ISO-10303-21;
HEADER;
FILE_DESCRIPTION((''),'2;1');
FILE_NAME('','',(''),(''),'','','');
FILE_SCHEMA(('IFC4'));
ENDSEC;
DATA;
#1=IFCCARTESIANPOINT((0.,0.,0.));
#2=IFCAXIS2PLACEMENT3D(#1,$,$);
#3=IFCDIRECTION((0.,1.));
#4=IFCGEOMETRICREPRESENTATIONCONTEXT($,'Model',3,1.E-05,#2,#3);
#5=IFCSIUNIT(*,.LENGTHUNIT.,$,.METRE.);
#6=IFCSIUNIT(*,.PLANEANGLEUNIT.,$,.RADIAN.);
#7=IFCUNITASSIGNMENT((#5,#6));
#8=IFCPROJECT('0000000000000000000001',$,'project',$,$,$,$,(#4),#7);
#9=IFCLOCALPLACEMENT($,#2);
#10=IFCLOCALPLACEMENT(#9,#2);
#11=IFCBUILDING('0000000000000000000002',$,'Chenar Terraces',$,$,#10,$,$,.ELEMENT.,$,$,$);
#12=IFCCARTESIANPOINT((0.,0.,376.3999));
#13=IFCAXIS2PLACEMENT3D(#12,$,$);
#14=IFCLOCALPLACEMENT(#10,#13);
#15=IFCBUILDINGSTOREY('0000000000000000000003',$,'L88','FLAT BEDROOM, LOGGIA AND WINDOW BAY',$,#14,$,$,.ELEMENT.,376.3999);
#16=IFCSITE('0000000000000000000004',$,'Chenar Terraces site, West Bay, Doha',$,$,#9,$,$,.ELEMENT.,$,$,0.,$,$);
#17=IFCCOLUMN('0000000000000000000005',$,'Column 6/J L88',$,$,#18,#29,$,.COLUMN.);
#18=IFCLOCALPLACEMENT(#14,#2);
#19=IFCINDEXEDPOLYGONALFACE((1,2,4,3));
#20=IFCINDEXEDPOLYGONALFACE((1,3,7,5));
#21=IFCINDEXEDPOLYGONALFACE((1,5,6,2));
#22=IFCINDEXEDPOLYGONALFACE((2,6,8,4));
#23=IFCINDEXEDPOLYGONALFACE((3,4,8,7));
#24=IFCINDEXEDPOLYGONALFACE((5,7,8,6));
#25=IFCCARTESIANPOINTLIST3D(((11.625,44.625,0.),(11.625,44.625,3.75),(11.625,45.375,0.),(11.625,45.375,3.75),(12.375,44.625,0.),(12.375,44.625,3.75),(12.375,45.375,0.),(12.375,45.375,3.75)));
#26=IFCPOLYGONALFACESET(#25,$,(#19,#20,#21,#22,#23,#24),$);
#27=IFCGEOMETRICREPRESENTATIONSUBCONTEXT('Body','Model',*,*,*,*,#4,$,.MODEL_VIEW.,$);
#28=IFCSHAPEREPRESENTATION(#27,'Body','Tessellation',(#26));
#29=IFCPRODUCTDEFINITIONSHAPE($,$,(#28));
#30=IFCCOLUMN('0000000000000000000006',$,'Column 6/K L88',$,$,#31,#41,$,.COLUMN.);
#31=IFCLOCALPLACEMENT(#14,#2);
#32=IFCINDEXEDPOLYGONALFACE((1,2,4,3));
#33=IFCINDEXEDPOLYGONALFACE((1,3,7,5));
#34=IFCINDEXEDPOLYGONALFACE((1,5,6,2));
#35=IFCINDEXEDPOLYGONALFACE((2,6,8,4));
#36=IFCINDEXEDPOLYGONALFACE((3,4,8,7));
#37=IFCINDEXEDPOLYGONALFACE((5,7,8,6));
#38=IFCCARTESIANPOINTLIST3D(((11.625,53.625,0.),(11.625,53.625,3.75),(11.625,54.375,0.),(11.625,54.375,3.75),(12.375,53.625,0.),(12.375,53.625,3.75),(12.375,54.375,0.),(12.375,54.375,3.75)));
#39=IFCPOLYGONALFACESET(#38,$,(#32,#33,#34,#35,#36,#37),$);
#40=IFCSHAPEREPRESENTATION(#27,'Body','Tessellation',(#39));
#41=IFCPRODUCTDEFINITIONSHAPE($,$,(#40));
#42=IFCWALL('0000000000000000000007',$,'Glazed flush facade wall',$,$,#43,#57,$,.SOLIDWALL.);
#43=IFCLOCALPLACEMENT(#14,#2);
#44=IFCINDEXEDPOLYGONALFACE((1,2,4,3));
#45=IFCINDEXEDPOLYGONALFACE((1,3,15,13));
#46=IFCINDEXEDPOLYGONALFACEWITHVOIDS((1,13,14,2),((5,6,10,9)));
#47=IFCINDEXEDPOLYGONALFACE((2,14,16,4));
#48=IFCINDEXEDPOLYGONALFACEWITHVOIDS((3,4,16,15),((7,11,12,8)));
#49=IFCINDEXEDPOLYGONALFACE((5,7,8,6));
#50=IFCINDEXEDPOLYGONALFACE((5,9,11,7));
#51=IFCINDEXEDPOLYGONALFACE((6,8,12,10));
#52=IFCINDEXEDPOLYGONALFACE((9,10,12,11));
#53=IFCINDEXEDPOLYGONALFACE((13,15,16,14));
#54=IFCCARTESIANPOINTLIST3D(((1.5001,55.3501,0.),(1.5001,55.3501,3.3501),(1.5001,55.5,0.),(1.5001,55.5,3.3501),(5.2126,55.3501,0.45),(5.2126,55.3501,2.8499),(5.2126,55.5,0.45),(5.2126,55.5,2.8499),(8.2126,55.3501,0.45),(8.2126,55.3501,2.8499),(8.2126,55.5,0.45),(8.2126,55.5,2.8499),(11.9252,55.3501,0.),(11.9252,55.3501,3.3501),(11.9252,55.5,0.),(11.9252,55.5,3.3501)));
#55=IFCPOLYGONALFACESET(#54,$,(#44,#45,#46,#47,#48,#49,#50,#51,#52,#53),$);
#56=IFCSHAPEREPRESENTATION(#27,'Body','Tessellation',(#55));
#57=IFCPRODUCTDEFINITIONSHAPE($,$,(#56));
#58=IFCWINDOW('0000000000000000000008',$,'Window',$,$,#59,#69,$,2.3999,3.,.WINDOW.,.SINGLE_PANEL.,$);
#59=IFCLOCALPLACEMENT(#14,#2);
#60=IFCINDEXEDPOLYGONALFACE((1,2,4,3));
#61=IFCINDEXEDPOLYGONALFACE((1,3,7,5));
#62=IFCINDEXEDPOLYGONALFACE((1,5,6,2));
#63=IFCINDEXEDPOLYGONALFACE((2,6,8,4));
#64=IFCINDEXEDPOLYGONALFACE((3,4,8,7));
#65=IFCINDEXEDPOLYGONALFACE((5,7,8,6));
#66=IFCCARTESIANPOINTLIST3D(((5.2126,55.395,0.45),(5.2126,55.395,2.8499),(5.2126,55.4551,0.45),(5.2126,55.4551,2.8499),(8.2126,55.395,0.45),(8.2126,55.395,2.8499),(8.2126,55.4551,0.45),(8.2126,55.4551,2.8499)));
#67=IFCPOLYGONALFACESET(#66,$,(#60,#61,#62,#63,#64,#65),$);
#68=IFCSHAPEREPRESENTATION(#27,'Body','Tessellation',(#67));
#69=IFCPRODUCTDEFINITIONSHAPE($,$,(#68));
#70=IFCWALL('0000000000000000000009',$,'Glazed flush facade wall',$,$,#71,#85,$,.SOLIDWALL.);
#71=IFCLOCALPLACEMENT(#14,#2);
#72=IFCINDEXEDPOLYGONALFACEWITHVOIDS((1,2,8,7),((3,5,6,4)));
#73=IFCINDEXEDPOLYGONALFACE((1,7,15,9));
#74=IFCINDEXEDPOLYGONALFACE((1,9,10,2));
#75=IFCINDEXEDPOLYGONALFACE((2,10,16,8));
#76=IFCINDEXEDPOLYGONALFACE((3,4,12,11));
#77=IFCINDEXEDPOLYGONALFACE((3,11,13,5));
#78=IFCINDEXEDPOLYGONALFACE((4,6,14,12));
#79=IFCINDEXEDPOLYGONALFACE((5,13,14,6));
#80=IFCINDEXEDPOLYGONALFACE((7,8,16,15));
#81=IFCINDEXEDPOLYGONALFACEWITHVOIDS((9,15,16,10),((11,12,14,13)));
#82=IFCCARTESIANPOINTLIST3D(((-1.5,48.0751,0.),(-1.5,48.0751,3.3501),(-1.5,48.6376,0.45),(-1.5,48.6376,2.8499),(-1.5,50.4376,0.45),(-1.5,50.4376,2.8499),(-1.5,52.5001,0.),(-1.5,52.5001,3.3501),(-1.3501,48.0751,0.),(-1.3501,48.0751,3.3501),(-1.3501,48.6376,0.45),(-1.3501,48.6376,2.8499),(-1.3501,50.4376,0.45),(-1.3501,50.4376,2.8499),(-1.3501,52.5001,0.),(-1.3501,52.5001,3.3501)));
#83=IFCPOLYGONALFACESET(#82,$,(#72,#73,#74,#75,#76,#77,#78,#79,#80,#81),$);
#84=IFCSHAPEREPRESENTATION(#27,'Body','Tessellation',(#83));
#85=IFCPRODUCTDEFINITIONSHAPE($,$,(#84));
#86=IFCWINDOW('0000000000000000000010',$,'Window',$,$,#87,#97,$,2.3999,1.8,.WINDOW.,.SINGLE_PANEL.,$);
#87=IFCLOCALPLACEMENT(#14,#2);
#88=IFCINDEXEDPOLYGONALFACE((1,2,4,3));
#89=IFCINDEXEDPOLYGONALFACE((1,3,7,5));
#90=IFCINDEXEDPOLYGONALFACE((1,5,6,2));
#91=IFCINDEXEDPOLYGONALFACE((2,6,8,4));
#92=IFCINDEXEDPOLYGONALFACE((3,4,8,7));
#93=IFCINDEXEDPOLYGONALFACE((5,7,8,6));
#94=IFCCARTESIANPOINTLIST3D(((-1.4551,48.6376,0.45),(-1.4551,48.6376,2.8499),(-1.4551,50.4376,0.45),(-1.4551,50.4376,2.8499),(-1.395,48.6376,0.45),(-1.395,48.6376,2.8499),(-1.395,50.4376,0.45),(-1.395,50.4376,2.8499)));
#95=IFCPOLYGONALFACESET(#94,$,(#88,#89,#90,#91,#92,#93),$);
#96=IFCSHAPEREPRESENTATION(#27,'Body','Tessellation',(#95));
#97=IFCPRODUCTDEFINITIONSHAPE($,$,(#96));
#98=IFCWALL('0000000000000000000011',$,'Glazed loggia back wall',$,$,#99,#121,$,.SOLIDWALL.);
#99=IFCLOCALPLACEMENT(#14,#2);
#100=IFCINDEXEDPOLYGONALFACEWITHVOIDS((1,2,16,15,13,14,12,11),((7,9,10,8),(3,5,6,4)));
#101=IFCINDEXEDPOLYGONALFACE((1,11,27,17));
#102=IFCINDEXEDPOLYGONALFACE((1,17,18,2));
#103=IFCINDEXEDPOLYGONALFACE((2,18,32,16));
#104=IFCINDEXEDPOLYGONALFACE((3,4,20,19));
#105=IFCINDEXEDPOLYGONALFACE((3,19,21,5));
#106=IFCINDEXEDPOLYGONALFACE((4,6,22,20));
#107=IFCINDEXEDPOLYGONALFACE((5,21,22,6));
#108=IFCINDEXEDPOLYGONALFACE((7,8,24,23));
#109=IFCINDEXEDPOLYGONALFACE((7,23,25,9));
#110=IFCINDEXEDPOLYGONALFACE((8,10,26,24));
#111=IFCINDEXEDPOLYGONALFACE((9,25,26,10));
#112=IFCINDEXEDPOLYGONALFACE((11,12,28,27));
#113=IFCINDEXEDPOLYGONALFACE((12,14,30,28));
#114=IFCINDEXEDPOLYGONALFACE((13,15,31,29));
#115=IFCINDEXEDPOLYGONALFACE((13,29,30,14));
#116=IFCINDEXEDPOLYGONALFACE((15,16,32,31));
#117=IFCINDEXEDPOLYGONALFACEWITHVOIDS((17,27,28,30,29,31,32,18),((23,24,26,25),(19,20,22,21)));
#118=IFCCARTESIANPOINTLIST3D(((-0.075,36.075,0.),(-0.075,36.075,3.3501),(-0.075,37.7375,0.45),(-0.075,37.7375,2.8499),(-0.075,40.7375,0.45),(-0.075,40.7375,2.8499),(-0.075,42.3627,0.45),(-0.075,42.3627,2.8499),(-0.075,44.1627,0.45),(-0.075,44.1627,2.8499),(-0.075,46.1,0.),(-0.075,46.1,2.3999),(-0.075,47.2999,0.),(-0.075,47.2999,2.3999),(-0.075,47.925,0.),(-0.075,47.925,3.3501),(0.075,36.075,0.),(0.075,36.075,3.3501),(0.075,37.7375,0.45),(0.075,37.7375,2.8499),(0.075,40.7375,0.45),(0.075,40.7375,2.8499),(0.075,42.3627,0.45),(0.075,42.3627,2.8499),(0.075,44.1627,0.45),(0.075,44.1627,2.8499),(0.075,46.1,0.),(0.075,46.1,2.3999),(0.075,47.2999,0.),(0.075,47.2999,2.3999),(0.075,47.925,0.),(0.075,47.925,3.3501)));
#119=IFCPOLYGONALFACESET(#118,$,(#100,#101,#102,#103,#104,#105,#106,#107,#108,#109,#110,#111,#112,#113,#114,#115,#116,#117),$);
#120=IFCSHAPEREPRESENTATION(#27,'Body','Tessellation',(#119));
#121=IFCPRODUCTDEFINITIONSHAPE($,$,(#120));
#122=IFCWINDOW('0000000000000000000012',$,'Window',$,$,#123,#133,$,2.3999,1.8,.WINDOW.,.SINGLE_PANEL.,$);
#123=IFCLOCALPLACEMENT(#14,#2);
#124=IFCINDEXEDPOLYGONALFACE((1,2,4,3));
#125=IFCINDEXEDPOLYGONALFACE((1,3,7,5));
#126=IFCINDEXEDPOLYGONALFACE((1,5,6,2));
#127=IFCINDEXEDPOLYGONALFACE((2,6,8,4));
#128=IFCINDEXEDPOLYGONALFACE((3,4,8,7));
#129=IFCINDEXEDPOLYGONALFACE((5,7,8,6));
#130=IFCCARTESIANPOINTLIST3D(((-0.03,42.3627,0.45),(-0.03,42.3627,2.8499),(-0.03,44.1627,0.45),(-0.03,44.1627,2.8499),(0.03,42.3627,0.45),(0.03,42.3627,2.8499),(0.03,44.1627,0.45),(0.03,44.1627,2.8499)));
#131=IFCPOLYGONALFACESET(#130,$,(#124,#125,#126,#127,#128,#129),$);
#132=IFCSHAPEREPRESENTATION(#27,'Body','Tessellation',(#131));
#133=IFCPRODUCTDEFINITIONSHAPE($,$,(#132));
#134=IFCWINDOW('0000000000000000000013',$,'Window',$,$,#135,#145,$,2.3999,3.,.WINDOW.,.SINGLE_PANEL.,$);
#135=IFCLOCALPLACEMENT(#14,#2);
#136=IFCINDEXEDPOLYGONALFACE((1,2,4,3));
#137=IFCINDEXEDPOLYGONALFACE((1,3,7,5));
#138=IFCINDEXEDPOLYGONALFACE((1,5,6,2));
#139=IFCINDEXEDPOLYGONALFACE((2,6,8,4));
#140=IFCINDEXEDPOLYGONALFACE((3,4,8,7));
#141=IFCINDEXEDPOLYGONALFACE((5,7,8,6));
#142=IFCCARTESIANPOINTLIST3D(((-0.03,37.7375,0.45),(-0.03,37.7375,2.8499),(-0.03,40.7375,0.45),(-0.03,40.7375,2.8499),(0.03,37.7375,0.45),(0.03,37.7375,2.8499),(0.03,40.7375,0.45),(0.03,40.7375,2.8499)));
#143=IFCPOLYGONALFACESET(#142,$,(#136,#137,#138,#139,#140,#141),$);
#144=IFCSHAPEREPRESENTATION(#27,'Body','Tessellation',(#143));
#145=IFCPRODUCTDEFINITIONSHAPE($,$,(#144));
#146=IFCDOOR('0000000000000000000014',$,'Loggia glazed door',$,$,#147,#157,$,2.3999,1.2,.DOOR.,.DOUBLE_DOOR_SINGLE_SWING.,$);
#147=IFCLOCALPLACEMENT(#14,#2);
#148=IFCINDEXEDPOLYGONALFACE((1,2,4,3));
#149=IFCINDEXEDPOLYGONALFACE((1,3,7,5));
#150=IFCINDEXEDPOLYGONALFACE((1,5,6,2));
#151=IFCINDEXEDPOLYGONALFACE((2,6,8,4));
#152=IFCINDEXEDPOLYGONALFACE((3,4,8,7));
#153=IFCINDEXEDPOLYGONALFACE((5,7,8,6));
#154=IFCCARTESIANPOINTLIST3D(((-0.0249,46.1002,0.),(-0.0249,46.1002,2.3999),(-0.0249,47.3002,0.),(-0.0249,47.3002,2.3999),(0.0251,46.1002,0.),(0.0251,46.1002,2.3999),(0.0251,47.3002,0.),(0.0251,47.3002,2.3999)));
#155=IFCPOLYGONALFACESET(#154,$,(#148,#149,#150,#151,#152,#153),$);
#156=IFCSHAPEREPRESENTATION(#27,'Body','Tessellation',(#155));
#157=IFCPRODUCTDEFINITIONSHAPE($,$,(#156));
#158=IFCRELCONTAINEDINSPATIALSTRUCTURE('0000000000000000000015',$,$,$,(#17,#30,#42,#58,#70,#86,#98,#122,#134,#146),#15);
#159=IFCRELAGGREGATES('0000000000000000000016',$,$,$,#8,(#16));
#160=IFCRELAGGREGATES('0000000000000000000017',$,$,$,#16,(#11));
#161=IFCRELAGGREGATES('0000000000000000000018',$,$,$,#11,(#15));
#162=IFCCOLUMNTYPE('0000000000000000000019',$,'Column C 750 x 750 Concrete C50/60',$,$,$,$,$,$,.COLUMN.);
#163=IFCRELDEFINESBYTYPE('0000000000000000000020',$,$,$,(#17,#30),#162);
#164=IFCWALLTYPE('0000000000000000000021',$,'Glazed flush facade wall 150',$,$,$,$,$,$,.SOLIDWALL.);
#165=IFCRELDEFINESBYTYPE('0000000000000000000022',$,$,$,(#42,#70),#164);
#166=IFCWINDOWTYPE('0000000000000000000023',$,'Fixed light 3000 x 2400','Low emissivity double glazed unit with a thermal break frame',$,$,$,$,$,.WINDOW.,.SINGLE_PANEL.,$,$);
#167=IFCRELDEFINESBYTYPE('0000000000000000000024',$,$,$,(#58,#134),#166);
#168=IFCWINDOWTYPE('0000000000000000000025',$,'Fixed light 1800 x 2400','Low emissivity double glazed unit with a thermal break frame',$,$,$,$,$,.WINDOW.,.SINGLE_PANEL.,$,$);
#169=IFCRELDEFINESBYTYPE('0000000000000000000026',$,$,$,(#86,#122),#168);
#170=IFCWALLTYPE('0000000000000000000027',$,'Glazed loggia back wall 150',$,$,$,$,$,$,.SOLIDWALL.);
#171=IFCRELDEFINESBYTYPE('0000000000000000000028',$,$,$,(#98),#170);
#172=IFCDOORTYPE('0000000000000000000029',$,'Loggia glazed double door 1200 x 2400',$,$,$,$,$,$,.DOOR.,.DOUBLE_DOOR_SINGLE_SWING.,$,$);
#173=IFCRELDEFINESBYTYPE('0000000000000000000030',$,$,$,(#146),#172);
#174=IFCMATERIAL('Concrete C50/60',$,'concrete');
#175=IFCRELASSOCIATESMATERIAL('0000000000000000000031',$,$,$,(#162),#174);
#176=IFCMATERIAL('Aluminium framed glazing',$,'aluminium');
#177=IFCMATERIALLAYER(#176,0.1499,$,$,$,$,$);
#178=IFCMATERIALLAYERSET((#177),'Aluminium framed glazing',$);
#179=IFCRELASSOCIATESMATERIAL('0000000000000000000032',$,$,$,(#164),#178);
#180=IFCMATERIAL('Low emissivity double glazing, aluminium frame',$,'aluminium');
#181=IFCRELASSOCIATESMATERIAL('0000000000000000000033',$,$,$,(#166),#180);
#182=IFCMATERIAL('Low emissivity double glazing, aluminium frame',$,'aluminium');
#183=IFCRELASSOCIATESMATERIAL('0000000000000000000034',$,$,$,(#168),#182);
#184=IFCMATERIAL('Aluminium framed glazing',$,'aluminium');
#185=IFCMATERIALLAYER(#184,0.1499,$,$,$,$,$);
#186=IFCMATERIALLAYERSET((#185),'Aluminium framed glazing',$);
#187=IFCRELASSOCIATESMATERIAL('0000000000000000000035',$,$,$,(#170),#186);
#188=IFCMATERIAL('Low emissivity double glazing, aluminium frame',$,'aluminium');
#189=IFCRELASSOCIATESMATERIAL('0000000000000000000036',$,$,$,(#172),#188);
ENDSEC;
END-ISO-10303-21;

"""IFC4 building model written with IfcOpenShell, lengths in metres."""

from ifc_helpers import new_model, si_unit, direction, frame, frame_2d, origin, origin_2d, place, context, subcontext, project, spatial, rectangle, extrude, material, layer, layer_set, material_profile, profile_set, type_object, element, fill, save


model = new_model("IFC4")

# Units and contexts
model_context = context("Model", 3, precision=1e-05, world=origin(), true_north=direction((0.0, 1.0)))
body_context = subcontext(model_context, "Body", "Model", "MODEL_VIEW")
ifc_project = project(units=[si_unit("LENGTHUNIT", "METRE"), si_unit("PLANEANGLEUNIT", "RADIAN")], contexts=[model_context])

# Site, building, storey
site_placement = place(None, origin())
site = spatial("IfcSite", under=ifc_project, at=site_placement, Name="Chenar Terraces site, West Bay, Doha", CompositionType="ELEMENT", RefElevation=0.0)
building_placement = place(site_placement, origin())
building = spatial("IfcBuilding", under=site, at=building_placement, Name="Chenar Terraces", CompositionType="ELEMENT")
storey_placement = place(building_placement, frame((0.0, 0.0, 376.3999)))
storey = spatial("IfcBuildingStorey", under=building, at=storey_placement, Name="L88", Description="FLAT BEDROOM, LOGGIA AND WINDOW BAY", CompositionType="ELEMENT", Elevation=376.3999)

# Columns
ifc_material_1 = material(Name="Concrete C50/60", Category="concrete")
ifc_material_profile_1 = material_profile(ifc_material_1, rectangle(XDim=0.75, YDim=0.75, at=origin_2d()), Name="C 750 x 750")
ifc_profile_set_1 = profile_set([ifc_material_profile_1], Name="Concrete C50/60")
column_type = type_object("IfcColumnType", Name="Column C 750 x 750 Concrete C50/60", PredefinedType="COLUMN", material=ifc_profile_set_1)
for number, where, z_axis, x_axis, name in (
    (1, (12.0, 45.0, 0.0), (0.0, 0.0, 1.0), (1.0, 0.0, 0.0), "Column 6/J L88"),
    (2, (12.0, 54.0, 0.0), (0.0, 0.0, 1.0), (1.0, 0.0, 0.0), "Column 6/K L88"),
):
    element("IfcColumn", number, at=place(storey_placement, frame(where, z_axis=z_axis, x_axis=x_axis)), inside=storey, type_object=column_type, Name=name, PredefinedType="COLUMN", context=body_context, shape_type="SweptSolid", body=[
        extrude(rectangle(XDim=0.75, YDim=0.75, at=origin_2d()), origin(), (0.0, 0.0, 1.0), 3.75),
    ])

# Walls, openings, windows
ifc_material_2 = material(Name="Aluminium framed glazing", Category="aluminium")
ifc_layer_1 = layer(ifc_material_2, 0.1499)
ifc_layer_set_1 = layer_set([ifc_layer_1], Name="Aluminium framed glazing")
wall_type_1 = type_object("IfcWallType", Name="Glazed flush facade wall 150", PredefinedType="SOLIDWALL", material=ifc_layer_set_1)
wall_1_placement = place(storey_placement, frame((11.925, 55.425, 0.0), z_axis=(0.0, 0.0, 1.0), x_axis=(-1.0, 0.0, 0.0)))
wall_1 = element("IfcWall", 3, at=wall_1_placement, inside=storey, type_object=wall_type_1, Name="Glazed flush facade wall", PredefinedType="SOLIDWALL", context=body_context, shape_type="SweptSolid", body=[
    extrude(rectangle(XDim=10.425, YDim=0.1499, at=frame_2d((5.2124, 0.0))), origin(), (0.0, 0.0, 1.0), 3.3501),
])
opening_1_placement = place(wall_1_placement, frame((3.7124, 0.0, 0.45)))
opening_1 = element("IfcOpeningElement", 4, at=opening_1_placement, cuts=wall_1, PredefinedType="OPENING", context=body_context, shape_type="SweptSolid", body=[
    extrude(rectangle(XDim=3.0, YDim=2.3999, at=frame_2d((1.5, 1.2))), frame((0.0, 0.085, 0.0), z_axis=(0.0, -1.0, 0.0), x_axis=(1.0, 0.0, 0.0)), (0.0, 0.0, 1.0), 0.1699),
])
ifc_material_3 = material(Name="Low emissivity double glazing, aluminium frame", Category="aluminium")
window_type_1 = type_object("IfcWindowType", Name="Fixed light 3000 x 2400", Description="Low emissivity double glazed unit with a thermal break frame", PartitioningType="SINGLE_PANEL", PredefinedType="WINDOW", material=ifc_material_3)
window_1_placement = place(opening_1_placement, origin())
window_1 = element("IfcWindow", 5, at=window_1_placement, inside=storey, type_object=window_type_1, Name="Window", OverallHeight=2.3999, OverallWidth=3.0, PartitioningType="SINGLE_PANEL", PredefinedType="WINDOW", context=body_context, shape_type="SweptSolid", body=[
    extrude(rectangle(XDim=3.0, YDim=2.3999, at=frame_2d((1.5, 1.2))), frame((0.0, 0.03, 0.0), z_axis=(0.0, -1.0, 0.0), x_axis=(1.0, 0.0, 0.0)), (0.0, 0.0, 1.0), 0.0601),
])
fill(opening_1, window_1)
wall_2_placement = place(storey_placement, frame((-1.425, 52.5, 0.0), z_axis=(0.0, 0.0, 1.0), x_axis=(0.0, -1.0, 0.0)))
wall_2 = element("IfcWall", 6, at=wall_2_placement, inside=storey, type_object=wall_type_1, Name="Glazed flush facade wall", PredefinedType="SOLIDWALL", context=body_context, shape_type="SweptSolid", body=[
    extrude(rectangle(XDim=4.425, YDim=0.1499, at=frame_2d((2.2124, 0.0))), origin(), (0.0, 0.0, 1.0), 3.3501),
])
opening_2_placement = place(wall_2_placement, frame((2.0625, 0.0, 0.45)))
opening_2 = element("IfcOpeningElement", 7, at=opening_2_placement, cuts=wall_2, PredefinedType="OPENING", context=body_context, shape_type="SweptSolid", body=[
    extrude(rectangle(XDim=1.8, YDim=2.3999, at=frame_2d((0.8999, 1.2))), frame((0.0, 0.085, 0.0), z_axis=(0.0, -1.0, 0.0), x_axis=(1.0, 0.0, 0.0)), (0.0, 0.0, 1.0), 0.1699),
])
ifc_material_4 = material(Name="Low emissivity double glazing, aluminium frame", Category="aluminium")
window_type_2 = type_object("IfcWindowType", Name="Fixed light 1800 x 2400", Description="Low emissivity double glazed unit with a thermal break frame", PartitioningType="SINGLE_PANEL", PredefinedType="WINDOW", material=ifc_material_4)
window_2_placement = place(opening_2_placement, origin())
window_2 = element("IfcWindow", 8, at=window_2_placement, inside=storey, type_object=window_type_2, Name="Window", OverallHeight=2.3999, OverallWidth=1.8, PartitioningType="SINGLE_PANEL", PredefinedType="WINDOW", context=body_context, shape_type="SweptSolid", body=[
    extrude(rectangle(XDim=1.8, YDim=2.3999, at=frame_2d((0.8999, 1.2))), frame((0.0, 0.03, 0.0), z_axis=(0.0, -1.0, 0.0), x_axis=(1.0, 0.0, 0.0)), (0.0, 0.0, 1.0), 0.0601),
])
fill(opening_2, window_2)

# Wall, openings, windows, door
ifc_material_5 = material(Name="Aluminium framed glazing", Category="aluminium")
ifc_layer_2 = layer(ifc_material_5, 0.1499)
ifc_layer_set_2 = layer_set([ifc_layer_2], Name="Aluminium framed glazing")
wall_type_2 = type_object("IfcWallType", Name="Glazed loggia back wall 150", PredefinedType="SOLIDWALL", material=ifc_layer_set_2)
wall_3_placement = place(storey_placement, frame((0.0, 47.925, 0.0), z_axis=(0.0, 0.0, 1.0), x_axis=(0.0, -1.0, 0.0)))
wall_3 = element("IfcWall", 9, at=wall_3_placement, inside=storey, type_object=wall_type_2, Name="Glazed loggia back wall", PredefinedType="SOLIDWALL", context=body_context, shape_type="SweptSolid", body=[
    extrude(rectangle(XDim=11.8501, YDim=0.1499, at=frame_2d((5.925, 0.0))), origin(), (0.0, 0.0, 1.0), 3.3501),
])
opening_3_placement = place(wall_3_placement, frame((0.625, 0.0, 0.0)))
opening_3 = element("IfcOpeningElement", 10, at=opening_3_placement, cuts=wall_3, PredefinedType="OPENING", context=body_context, shape_type="SweptSolid", body=[
    extrude(rectangle(XDim=1.2, YDim=2.3999, at=frame_2d((0.6001, 1.2))), frame((0.0, 0.085, 0.0), z_axis=(0.0, -1.0, 0.0), x_axis=(1.0, 0.0, 0.0)), (0.0, 0.0, 1.0), 0.1699),
])
opening_4_placement = place(wall_3_placement, frame((3.7625, 0.0, 0.45)))
opening_4 = element("IfcOpeningElement", 11, at=opening_4_placement, cuts=wall_3, PredefinedType="OPENING", context=body_context, shape_type="SweptSolid", body=[
    extrude(rectangle(XDim=1.8, YDim=2.3999, at=frame_2d((0.8999, 1.2))), frame((0.0, 0.085, 0.0), z_axis=(0.0, -1.0, 0.0), x_axis=(1.0, 0.0, 0.0)), (0.0, 0.0, 1.0), 0.1699),
])
opening_5_placement = place(wall_3_placement, frame((7.1875, 0.0, 0.45)))
opening_5 = element("IfcOpeningElement", 12, at=opening_5_placement, cuts=wall_3, PredefinedType="OPENING", context=body_context, shape_type="SweptSolid", body=[
    extrude(rectangle(XDim=3.0, YDim=2.3999, at=frame_2d((1.5, 1.2))), frame((0.0, 0.085, 0.0), z_axis=(0.0, -1.0, 0.0), x_axis=(1.0, 0.0, 0.0)), (0.0, 0.0, 1.0), 0.1699),
])
window_3_placement = place(opening_4_placement, origin())
window_3 = element("IfcWindow", 13, at=window_3_placement, inside=storey, type_object=window_type_2, Name="Window", OverallHeight=2.3999, OverallWidth=1.8, PartitioningType="SINGLE_PANEL", PredefinedType="WINDOW", context=body_context, shape_type="SweptSolid", body=[
    extrude(rectangle(XDim=1.8, YDim=2.3999, at=frame_2d((0.8999, 1.2))), frame((0.0, 0.03, 0.0), z_axis=(0.0, -1.0, 0.0), x_axis=(1.0, 0.0, 0.0)), (0.0, 0.0, 1.0), 0.0601),
])
fill(opening_4, window_3)
window_4_placement = place(opening_5_placement, origin())
window_4 = element("IfcWindow", 14, at=window_4_placement, inside=storey, type_object=window_type_1, Name="Window", OverallHeight=2.3999, OverallWidth=3.0, PartitioningType="SINGLE_PANEL", PredefinedType="WINDOW", context=body_context, shape_type="SweptSolid", body=[
    extrude(rectangle(XDim=3.0, YDim=2.3999, at=frame_2d((1.5, 1.2))), frame((0.0, 0.03, 0.0), z_axis=(0.0, -1.0, 0.0), x_axis=(1.0, 0.0, 0.0)), (0.0, 0.0, 1.0), 0.0601),
])
fill(opening_5, window_4)
ifc_material_6 = material(Name="Low emissivity double glazing, aluminium frame", Category="aluminium")
door_type_1 = type_object("IfcDoorType", Name="Loggia glazed double door 1200 x 2400", OperationType="DOUBLE_DOOR_SINGLE_SWING", PredefinedType="DOOR", material=ifc_material_6)
door_1_placement = place(opening_3_placement, frame((1.2, 0.0, 0.0), z_axis=(0.0, 0.0, 1.0), x_axis=(-1.0, 0.0, 0.0)))
door_1 = element("IfcDoor", 15, at=door_1_placement, inside=storey, type_object=door_type_1, Name="Loggia glazed door", OperationType="DOUBLE_DOOR_SINGLE_SWING", OverallHeight=2.3999, OverallWidth=1.2, PredefinedType="DOOR", context=body_context, shape_type="SweptSolid", body=[
    extrude(rectangle(XDim=1.2, YDim=2.3999, at=frame_2d((0.6001, 1.2))), frame((0.0, 0.0249, 0.0), z_axis=(0.0, -1.0, 0.0), x_axis=(1.0, 0.0, 0.0)), (0.0, 0.0, 1.0), 0.05),
])
fill(opening_3, door_1)

save(model, "model.ifc")
